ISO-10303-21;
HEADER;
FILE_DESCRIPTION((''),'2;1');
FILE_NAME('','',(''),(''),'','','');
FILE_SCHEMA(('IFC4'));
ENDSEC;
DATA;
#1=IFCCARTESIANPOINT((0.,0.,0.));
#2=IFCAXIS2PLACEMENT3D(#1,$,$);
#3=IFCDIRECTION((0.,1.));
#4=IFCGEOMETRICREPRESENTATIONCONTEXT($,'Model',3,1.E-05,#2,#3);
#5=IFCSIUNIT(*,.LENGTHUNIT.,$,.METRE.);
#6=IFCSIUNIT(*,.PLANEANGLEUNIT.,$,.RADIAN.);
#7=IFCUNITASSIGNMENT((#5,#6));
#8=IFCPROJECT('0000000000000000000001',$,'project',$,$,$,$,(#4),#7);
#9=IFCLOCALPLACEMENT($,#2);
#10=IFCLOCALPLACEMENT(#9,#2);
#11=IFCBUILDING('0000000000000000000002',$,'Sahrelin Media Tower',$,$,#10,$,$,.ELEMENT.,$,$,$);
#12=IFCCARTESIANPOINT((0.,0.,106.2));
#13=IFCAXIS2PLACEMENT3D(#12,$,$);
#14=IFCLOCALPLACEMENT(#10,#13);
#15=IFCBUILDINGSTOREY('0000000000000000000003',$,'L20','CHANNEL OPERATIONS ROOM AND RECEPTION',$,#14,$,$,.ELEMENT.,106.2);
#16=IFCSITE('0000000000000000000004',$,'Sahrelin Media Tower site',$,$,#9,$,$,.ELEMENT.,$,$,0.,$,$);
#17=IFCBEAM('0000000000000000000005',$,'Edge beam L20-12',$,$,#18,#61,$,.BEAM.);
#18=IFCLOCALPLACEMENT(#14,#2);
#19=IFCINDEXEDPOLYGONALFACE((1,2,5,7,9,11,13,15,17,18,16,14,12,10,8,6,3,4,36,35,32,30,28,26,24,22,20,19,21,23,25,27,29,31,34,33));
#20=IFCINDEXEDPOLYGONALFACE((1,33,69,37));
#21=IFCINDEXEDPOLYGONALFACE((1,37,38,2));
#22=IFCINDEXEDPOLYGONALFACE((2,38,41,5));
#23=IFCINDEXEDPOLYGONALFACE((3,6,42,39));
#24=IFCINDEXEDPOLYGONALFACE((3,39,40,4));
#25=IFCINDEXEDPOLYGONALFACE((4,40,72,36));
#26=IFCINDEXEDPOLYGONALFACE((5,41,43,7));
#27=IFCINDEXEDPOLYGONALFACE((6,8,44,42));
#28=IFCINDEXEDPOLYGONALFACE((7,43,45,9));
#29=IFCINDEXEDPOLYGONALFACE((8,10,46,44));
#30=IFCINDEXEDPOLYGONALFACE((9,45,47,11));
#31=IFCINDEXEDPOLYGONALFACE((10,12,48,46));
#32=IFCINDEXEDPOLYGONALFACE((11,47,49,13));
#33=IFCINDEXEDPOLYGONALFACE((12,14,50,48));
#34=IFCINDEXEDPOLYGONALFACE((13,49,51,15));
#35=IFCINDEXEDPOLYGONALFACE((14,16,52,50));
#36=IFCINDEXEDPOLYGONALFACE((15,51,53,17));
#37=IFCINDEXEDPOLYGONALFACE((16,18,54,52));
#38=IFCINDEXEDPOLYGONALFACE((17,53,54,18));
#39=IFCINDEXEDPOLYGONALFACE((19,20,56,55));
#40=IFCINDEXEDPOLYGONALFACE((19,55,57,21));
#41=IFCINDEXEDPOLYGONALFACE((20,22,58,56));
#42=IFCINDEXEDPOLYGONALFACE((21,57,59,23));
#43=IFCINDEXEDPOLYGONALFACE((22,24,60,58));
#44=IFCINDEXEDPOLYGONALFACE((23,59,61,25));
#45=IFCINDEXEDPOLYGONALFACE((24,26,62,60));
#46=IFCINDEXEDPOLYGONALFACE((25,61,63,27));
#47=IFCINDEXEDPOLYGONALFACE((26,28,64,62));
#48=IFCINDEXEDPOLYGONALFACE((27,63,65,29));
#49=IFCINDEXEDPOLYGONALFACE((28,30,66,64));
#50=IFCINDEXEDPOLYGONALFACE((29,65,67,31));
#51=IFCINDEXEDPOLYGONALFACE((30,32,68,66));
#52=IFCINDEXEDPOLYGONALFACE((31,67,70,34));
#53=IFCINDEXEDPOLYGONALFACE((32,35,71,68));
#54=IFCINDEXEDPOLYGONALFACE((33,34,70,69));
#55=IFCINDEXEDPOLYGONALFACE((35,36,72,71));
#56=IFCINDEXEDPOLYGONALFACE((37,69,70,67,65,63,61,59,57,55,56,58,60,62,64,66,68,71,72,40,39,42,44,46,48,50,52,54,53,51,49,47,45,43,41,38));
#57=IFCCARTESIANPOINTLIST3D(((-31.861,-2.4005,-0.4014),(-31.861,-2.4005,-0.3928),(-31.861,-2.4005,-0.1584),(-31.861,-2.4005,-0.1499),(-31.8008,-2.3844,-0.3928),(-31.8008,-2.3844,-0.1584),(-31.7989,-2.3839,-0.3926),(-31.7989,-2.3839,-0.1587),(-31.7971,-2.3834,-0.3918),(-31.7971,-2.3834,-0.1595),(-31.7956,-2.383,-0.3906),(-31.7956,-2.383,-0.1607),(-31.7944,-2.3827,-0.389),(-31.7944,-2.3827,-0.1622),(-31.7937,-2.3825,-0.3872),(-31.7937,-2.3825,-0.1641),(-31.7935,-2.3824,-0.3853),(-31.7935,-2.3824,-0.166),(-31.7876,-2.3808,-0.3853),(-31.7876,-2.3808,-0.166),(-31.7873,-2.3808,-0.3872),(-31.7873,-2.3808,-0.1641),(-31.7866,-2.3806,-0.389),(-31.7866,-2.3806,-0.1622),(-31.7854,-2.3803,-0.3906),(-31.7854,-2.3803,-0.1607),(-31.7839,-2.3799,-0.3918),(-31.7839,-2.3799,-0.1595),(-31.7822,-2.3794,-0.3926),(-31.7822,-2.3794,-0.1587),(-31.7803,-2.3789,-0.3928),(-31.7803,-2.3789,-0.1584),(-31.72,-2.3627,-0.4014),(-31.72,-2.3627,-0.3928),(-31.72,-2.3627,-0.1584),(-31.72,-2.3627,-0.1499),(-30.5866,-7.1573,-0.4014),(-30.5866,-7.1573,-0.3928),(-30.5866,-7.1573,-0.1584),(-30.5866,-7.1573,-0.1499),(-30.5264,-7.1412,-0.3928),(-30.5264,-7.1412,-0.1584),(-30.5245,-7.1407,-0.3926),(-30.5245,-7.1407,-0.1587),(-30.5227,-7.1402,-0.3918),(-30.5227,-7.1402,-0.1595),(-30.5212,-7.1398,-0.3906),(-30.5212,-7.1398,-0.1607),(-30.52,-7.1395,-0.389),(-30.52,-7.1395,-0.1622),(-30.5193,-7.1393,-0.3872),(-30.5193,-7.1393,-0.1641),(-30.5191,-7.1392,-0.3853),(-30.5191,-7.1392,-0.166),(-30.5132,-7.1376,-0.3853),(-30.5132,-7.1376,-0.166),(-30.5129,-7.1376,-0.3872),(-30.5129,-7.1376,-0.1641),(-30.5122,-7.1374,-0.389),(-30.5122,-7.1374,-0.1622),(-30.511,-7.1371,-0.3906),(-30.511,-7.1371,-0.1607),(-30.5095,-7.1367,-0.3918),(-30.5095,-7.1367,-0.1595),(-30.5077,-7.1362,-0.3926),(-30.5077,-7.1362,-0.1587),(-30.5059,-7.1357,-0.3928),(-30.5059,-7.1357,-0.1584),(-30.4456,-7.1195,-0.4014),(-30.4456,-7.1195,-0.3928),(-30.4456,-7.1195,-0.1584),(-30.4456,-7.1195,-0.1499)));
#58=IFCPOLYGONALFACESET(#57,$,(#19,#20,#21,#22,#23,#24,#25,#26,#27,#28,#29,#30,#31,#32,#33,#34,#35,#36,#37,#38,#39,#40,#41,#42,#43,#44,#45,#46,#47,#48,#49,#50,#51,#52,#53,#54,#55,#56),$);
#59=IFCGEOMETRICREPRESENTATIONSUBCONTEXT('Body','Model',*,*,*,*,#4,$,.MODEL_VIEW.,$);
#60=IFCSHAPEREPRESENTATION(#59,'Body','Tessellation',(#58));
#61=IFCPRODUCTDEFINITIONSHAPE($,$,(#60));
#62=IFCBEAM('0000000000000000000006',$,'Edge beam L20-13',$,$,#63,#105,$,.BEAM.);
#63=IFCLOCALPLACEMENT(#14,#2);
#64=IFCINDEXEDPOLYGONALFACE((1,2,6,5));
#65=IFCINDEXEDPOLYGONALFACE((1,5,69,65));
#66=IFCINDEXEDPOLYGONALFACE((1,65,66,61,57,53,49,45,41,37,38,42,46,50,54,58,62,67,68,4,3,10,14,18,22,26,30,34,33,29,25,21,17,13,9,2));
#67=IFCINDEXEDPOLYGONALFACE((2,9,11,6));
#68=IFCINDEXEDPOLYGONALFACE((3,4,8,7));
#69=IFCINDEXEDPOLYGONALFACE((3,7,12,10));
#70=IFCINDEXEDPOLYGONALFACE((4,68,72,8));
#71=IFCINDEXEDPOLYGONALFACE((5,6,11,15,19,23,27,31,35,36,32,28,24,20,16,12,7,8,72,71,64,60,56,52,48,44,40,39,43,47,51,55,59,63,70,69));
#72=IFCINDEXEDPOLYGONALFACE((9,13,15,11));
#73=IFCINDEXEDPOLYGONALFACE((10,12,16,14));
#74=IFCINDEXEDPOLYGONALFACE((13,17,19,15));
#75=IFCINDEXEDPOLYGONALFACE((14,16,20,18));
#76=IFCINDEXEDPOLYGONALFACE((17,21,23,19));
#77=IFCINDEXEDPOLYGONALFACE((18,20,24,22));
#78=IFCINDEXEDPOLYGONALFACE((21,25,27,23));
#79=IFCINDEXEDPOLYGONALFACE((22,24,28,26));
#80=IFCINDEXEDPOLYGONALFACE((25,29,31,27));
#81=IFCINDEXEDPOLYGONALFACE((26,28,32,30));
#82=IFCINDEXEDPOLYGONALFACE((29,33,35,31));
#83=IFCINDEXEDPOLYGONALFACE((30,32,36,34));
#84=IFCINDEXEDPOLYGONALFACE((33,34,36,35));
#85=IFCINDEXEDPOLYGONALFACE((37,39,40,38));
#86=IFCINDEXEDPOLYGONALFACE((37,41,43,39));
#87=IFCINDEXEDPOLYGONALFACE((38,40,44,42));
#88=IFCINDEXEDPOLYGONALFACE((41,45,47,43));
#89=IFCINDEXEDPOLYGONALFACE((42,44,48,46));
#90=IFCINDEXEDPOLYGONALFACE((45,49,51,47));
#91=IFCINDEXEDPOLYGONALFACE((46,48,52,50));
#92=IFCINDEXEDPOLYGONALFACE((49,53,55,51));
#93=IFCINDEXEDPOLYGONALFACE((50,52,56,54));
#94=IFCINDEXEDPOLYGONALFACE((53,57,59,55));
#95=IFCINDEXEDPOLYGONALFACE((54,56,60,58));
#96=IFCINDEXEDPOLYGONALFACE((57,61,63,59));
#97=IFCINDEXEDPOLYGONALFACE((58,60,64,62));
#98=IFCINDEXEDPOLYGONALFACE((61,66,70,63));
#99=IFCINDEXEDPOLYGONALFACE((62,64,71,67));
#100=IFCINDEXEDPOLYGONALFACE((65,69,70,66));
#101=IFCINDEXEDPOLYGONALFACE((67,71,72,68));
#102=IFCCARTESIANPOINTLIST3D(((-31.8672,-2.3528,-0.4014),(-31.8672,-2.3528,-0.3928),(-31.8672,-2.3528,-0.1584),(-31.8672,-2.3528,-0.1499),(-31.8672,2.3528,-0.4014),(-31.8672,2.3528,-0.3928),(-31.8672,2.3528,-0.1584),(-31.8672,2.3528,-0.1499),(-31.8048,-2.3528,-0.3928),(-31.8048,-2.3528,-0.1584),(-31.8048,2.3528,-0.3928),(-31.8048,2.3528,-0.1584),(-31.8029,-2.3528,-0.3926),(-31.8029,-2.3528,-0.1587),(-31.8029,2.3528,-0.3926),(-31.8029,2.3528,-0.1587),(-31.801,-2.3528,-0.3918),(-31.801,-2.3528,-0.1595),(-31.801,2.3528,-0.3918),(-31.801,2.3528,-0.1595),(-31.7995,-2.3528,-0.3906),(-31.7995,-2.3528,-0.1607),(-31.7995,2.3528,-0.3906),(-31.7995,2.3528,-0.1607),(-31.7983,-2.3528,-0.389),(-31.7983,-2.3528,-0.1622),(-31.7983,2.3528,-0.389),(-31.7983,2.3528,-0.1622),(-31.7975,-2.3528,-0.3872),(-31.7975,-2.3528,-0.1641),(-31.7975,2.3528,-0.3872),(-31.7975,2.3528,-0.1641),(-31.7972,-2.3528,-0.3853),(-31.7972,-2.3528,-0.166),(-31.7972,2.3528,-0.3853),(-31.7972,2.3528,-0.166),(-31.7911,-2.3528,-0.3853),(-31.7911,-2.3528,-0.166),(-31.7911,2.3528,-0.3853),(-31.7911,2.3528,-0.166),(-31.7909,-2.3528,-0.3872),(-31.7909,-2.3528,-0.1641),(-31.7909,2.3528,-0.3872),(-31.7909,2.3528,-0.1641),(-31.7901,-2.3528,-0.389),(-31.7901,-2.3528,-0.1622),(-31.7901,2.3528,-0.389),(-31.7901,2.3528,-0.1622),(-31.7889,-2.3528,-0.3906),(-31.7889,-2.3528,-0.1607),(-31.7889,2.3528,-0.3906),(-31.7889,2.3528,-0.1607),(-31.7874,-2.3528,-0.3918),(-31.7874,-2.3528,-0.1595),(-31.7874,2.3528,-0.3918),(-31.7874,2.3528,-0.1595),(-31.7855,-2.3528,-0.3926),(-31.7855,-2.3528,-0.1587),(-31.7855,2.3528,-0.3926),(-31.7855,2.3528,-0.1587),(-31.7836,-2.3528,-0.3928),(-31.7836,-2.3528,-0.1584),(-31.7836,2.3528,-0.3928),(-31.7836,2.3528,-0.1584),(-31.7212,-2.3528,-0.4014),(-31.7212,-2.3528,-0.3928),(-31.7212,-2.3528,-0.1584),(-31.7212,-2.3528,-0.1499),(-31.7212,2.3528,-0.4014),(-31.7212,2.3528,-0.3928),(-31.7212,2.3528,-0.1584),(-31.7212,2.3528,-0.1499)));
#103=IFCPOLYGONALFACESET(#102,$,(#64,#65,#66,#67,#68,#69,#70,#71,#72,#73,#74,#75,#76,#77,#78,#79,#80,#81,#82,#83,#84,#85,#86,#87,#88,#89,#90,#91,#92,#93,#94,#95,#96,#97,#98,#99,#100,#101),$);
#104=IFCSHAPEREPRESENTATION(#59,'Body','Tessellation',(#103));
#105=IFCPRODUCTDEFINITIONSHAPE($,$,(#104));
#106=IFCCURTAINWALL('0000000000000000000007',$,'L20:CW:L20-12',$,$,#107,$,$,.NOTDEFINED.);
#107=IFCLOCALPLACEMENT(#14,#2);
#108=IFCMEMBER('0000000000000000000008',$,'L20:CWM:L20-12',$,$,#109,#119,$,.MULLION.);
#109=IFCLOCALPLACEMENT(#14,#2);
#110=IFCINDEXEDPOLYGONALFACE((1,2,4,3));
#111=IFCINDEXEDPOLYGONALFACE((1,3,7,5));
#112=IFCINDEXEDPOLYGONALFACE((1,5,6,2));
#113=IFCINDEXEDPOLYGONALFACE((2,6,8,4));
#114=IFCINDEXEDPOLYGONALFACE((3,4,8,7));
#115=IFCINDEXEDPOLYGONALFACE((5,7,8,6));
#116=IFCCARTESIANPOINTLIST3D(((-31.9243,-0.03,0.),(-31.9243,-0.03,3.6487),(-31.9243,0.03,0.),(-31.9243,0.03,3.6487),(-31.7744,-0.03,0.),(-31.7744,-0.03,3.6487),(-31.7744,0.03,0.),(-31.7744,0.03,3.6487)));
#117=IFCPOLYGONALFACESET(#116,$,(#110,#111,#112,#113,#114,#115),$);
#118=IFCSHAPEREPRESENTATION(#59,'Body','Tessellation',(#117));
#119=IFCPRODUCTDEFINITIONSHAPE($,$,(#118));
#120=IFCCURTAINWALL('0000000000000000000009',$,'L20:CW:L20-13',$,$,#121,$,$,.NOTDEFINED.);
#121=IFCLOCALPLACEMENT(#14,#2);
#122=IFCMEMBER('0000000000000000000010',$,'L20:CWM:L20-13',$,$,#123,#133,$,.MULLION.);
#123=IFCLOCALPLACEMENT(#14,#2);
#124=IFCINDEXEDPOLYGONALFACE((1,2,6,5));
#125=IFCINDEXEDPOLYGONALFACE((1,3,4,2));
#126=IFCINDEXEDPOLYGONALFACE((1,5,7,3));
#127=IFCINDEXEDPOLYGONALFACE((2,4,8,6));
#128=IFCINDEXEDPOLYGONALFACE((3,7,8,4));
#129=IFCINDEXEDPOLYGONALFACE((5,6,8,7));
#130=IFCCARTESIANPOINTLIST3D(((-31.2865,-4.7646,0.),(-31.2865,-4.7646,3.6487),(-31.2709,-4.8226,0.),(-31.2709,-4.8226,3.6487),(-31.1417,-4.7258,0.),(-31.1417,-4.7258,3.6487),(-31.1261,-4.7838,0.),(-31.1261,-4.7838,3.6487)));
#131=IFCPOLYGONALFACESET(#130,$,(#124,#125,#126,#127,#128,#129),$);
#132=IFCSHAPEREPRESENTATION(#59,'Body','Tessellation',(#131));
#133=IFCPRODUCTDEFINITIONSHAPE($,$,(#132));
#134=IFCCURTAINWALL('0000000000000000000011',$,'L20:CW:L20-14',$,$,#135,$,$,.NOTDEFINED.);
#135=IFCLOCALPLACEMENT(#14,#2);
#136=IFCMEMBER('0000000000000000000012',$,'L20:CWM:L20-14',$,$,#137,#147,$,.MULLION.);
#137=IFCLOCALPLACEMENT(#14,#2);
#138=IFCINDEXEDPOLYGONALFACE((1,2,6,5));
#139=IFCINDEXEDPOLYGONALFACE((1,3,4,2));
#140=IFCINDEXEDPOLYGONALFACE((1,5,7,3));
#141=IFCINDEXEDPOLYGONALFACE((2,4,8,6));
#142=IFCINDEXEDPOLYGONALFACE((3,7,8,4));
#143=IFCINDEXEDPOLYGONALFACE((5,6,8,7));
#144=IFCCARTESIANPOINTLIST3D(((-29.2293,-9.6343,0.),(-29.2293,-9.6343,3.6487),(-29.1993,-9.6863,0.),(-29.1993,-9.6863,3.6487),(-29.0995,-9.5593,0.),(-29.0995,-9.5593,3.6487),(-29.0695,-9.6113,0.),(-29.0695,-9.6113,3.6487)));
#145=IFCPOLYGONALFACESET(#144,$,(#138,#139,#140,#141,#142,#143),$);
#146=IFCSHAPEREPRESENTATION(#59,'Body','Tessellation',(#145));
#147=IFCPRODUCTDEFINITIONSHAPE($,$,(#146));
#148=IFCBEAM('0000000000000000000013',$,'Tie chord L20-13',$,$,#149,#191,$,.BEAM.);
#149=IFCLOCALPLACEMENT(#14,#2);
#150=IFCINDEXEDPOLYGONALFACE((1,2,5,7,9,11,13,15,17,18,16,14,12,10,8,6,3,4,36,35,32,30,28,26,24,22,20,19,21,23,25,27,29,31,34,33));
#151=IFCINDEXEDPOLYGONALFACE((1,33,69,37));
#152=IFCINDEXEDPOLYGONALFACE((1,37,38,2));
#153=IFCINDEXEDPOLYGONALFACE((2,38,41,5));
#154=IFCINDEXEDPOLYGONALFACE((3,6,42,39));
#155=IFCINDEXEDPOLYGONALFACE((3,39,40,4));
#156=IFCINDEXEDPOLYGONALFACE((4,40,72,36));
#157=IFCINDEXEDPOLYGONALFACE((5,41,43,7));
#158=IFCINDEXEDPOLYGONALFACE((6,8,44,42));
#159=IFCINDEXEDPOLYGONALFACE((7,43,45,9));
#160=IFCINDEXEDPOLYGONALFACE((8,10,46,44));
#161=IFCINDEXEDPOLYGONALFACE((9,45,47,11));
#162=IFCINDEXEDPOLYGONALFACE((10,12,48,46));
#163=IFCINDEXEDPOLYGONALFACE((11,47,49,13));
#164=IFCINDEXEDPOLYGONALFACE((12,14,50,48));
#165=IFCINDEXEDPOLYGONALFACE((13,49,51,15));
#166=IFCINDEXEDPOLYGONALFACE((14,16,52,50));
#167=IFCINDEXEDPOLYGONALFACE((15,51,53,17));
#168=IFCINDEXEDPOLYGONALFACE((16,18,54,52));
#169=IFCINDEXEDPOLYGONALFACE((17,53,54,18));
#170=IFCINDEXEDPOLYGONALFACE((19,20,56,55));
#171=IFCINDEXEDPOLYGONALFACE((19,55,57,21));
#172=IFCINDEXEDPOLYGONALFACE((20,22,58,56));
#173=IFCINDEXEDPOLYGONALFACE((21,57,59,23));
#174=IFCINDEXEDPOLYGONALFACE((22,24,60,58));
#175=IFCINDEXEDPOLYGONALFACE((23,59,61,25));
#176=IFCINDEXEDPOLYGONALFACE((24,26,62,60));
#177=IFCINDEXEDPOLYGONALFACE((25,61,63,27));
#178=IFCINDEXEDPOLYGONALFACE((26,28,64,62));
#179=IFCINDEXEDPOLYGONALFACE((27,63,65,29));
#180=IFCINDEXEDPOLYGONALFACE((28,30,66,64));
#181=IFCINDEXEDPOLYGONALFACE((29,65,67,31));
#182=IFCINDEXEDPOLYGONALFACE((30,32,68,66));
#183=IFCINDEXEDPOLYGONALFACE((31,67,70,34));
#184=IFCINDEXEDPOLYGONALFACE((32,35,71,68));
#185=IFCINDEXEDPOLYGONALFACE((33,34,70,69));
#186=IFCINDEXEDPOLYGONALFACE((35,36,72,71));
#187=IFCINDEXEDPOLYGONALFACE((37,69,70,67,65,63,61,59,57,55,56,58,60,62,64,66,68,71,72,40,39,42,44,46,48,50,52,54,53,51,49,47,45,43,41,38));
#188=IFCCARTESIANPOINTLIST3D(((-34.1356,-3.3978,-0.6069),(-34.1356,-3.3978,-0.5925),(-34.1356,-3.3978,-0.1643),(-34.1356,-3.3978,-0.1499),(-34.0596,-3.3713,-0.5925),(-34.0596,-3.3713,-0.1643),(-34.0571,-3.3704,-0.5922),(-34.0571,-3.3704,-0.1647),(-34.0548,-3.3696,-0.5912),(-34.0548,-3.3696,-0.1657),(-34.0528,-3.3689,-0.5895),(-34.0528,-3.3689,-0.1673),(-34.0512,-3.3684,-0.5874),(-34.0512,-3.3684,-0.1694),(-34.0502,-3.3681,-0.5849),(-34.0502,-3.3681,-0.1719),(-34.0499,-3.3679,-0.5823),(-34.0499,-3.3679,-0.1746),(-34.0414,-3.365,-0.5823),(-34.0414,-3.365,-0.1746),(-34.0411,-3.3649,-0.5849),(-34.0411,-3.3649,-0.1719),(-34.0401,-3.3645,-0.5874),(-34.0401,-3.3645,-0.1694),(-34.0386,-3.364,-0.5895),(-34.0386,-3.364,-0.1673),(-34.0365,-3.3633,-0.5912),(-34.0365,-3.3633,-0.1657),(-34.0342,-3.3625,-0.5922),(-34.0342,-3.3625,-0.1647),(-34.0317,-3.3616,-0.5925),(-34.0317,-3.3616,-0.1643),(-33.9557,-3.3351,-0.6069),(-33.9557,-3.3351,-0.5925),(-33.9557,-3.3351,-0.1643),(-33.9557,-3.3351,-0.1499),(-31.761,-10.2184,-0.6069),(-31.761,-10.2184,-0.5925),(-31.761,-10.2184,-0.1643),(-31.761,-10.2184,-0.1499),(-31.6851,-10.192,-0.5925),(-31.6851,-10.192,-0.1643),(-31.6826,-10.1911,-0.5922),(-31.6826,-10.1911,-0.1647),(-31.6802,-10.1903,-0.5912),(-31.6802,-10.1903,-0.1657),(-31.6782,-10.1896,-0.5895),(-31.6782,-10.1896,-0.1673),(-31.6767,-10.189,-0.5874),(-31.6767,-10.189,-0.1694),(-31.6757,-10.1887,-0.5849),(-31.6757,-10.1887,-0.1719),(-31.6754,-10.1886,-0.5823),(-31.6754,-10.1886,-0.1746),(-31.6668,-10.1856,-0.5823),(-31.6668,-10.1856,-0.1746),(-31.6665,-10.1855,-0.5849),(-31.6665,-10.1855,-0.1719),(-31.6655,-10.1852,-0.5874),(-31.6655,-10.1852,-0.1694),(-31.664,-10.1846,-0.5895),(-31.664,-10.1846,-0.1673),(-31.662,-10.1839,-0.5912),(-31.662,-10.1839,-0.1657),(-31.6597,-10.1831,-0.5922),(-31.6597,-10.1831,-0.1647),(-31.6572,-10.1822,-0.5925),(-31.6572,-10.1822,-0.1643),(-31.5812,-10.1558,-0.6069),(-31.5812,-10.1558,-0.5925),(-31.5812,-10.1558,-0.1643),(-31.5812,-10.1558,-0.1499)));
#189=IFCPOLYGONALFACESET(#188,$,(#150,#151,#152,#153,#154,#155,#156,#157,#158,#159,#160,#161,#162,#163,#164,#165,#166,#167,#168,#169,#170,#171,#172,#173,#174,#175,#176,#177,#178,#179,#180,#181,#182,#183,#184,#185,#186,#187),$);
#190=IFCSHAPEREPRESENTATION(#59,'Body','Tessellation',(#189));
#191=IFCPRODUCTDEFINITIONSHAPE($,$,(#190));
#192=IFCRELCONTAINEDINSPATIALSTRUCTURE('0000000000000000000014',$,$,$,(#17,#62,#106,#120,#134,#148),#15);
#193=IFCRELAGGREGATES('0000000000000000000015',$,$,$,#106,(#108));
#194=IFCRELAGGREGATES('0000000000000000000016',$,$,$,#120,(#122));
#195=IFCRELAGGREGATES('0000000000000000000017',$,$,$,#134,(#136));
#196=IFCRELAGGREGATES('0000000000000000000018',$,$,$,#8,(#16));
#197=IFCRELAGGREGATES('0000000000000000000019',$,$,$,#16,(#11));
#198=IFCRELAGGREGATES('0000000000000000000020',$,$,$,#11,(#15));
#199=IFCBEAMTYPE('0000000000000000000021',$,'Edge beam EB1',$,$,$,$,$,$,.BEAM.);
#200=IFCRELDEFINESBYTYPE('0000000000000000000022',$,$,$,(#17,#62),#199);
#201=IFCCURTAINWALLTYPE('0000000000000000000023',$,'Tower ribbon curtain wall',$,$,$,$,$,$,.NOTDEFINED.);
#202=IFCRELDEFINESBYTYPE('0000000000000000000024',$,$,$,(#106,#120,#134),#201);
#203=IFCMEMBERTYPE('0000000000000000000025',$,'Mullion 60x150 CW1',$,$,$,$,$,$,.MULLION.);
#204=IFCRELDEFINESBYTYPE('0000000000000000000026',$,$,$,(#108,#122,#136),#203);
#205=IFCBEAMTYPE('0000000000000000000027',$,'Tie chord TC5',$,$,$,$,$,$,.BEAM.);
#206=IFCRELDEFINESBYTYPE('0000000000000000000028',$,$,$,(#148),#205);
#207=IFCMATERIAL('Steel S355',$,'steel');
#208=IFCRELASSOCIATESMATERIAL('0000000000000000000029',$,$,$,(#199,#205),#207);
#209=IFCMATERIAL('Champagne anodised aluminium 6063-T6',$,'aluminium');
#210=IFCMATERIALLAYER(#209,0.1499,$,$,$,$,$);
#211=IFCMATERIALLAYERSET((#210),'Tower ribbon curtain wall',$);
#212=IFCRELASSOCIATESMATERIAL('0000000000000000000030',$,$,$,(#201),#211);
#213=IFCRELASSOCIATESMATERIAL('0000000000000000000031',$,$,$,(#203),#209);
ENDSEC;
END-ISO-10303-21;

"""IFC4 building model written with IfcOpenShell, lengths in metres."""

from ifc_helpers import new_model, si_unit, direction, frame, origin, origin_2d, place, context, subcontext, project, spatial, rectangle, i_section, extrude, material, layer, layer_set, material_profile, profile_set, type_object, element, aggregate, save


model = new_model("IFC4")

# Units and contexts
model_context = context("Model", 3, precision=1e-05, world=origin(), true_north=direction((0.0, 1.0)))
body_context = subcontext(model_context, "Body", "Model", "MODEL_VIEW")
ifc_project = project(units=[si_unit("LENGTHUNIT", "METRE"), si_unit("PLANEANGLEUNIT", "RADIAN")], contexts=[model_context])

# Site, building, storey
site_placement = place(None, origin())
site = spatial("IfcSite", under=ifc_project, at=site_placement, Name="Sahrelin Media Tower site", CompositionType="ELEMENT", RefElevation=0.0)
building_placement = place(site_placement, origin())
building = spatial("IfcBuilding", under=site, at=building_placement, Name="Sahrelin Media Tower", CompositionType="ELEMENT")
storey_placement = place(building_placement, frame((0.0, 0.0, 106.2)))
storey = spatial("IfcBuildingStorey", under=building, at=storey_placement, Name="L20", Description="CHANNEL OPERATIONS ROOM AND RECEPTION", CompositionType="ELEMENT", Elevation=106.2)

# Beams
ifc_material_1 = material(Name="Steel S355", Category="steel")
ifc_material_profile_1 = material_profile(ifc_material_1, i_section(OverallWidth=0.146, OverallDepth=0.2515, WebThickness=0.0061, FlangeThickness=0.0085, FilletRadius=0.0076, at=origin_2d()), Name="UB 254x146x31")
ifc_profile_set_1 = profile_set([ifc_material_profile_1], Name="Steel S355")
beam_type_1 = type_object("IfcBeamType", Name="Edge beam EB1", PredefinedType="BEAM", material=ifc_profile_set_1)
beam_1_placement = place(storey_placement, frame((-30.5161, -7.1384, -0.2756), z_axis=(-0.258786, 0.965935, 0.0), x_axis=(-0.965935, -0.258786, 0.0)))
element("IfcBeam", 1, at=beam_1_placement, inside=storey, type_object=beam_type_1, Name="Edge beam L20-12", PredefinedType="BEAM", context=body_context, shape_type="SweptSolid", body=[
    extrude(i_section(OverallWidth=0.146, OverallDepth=0.2515, WebThickness=0.0061, FlangeThickness=0.0085, FilletRadius=0.0076, at=origin_2d()), origin(), (0.0, 0.0, 1.0), 4.9246),
])
beam_2_placement = place(storey_placement, frame((-31.7942, -2.3528, -0.2756), z_axis=(0.0, 1.0, 0.0), x_axis=(-1.0, 0.0, 0.0)))
element("IfcBeam", 2, at=beam_2_placement, inside=storey, type_object=beam_type_1, Name="Edge beam L20-13", PredefinedType="BEAM", context=body_context, shape_type="SweptSolid", body=[
    extrude(i_section(OverallWidth=0.146, OverallDepth=0.2515, WebThickness=0.0061, FlangeThickness=0.0085, FilletRadius=0.0076, at=origin_2d()), origin(), (0.0, 0.0, 1.0), 4.7056),
])

# Curtain walls, members
ifc_material_2 = material(Name="Champagne anodised aluminium 6063-T6", Category="aluminium")
ifc_layer_1 = layer(ifc_material_2, 0.1499)
ifc_layer_set_1 = layer_set([ifc_layer_1], Name="Tower ribbon curtain wall")
curtain_wall_type = type_object("IfcCurtainWallType", Name="Tower ribbon curtain wall", PredefinedType="NOTDEFINED", material=ifc_layer_set_1)
curtain_wall_1_placement = place(storey_placement, frame((-31.9443, 0.0, 0.0), z_axis=(0.0, 0.0, 1.0), x_axis=(1.0, 0.0, 0.0)))
curtain_wall_1 = element("IfcCurtainWall", 3, at=curtain_wall_1_placement, inside=storey, type_object=curtain_wall_type, Name="L20:CW:L20-12", PredefinedType="NOTDEFINED")
ifc_material_profile_2 = material_profile(ifc_material_2, rectangle(XDim=0.0601, YDim=0.1499, at=origin_2d()), Name="Mullion 60x150")
ifc_profile_set_2 = profile_set([ifc_material_profile_2], Name="Champagne anodised aluminium 6063-T6")
member_type_1 = type_object("IfcMemberType", Name="Mullion 60x150 CW1", PredefinedType="MULLION", material=ifc_profile_set_2)
member_1_placement = place(storey_placement, frame((-31.8494, 0.0, 0.0), z_axis=(0.0, 0.0, 1.0), x_axis=(0.0, -1.0, 0.0)))
member_1 = element("IfcMember", 4, at=member_1_placement, type_object=member_type_1, Name="L20:CWM:L20-12", PredefinedType="MULLION", context=body_context, shape_type="SweptSolid", body=[
    extrude(rectangle(XDim=0.0601, YDim=0.1499, at=origin_2d()), origin(), (0.0, 0.0, 1.0), 3.6487),
])
aggregate(curtain_wall_1, [member_1])
curtain_wall_2_placement = place(storey_placement, frame((-31.2981, -4.7988, 0.0), z_axis=(0.0, 0.0, 1.0), x_axis=(1.0, 0.0, 0.0)))
curtain_wall_2 = element("IfcCurtainWall", 5, at=curtain_wall_2_placement, inside=storey, type_object=curtain_wall_type, Name="L20:CW:L20-13", PredefinedType="NOTDEFINED")
member_2_placement = place(storey_placement, frame((-31.2063, -4.7742, 0.0), z_axis=(0.0, 0.0, 1.0), x_axis=(0.258811, -0.965928, 0.0)))
member_2 = element("IfcMember", 6, at=member_2_placement, type_object=member_type_1, Name="L20:CWM:L20-13", PredefinedType="MULLION", context=body_context, shape_type="SweptSolid", body=[
    extrude(rectangle(XDim=0.0601, YDim=0.1499, at=origin_2d()), origin(), (0.0, 0.0, 1.0), 3.6487),
])
curtain_wall_3_placement = place(storey_placement, frame((-29.2317, -9.6704, 0.0), z_axis=(0.0, 0.0, 1.0), x_axis=(1.0, 0.0, 0.0)))
curtain_wall_3 = element("IfcCurtainWall", 7, at=curtain_wall_3_placement, inside=storey, type_object=curtain_wall_type, Name="L20:CW:L20-14", PredefinedType="NOTDEFINED")
member_3_placement = place(storey_placement, frame((-29.1494, -9.6228, 0.0), z_axis=(0.0, 0.0, 1.0), x_axis=(0.500005, -0.866023, 0.0)))
member_3 = element("IfcMember", 8, at=member_3_placement, type_object=member_type_1, Name="L20:CWM:L20-14", PredefinedType="MULLION", context=body_context, shape_type="SweptSolid", body=[
    extrude(rectangle(XDim=0.0601, YDim=0.1499, at=origin_2d()), origin(), (0.0, 0.0, 1.0), 3.6487),
])

# Beam
ifc_material_profile_3 = material_profile(ifc_material_1, i_section(OverallWidth=0.1904, OverallDepth=0.457, WebThickness=0.009, FlangeThickness=0.0144, FilletRadius=0.0103, at=origin_2d()), Name="UB 457x191x74")
ifc_profile_set_3 = profile_set([ifc_material_profile_3], Name="Steel S355")
beam_type_2 = type_object("IfcBeamType", Name="Tie chord TC5", PredefinedType="BEAM", material=ifc_profile_set_3)
beam_3_placement = place(storey_placement, frame((-34.0457, -3.3665, -0.3784), z_axis=(0.328785, -0.944405, 0.0), x_axis=(0.944405, 0.328785, 0.0)))
element("IfcBeam", 9, at=beam_3_placement, inside=storey, type_object=beam_type_2, Name="Tie chord L20-13", PredefinedType="BEAM", context=body_context, shape_type="SweptSolid", body=[
    extrude(i_section(OverallWidth=0.1904, OverallDepth=0.457, WebThickness=0.009, FlangeThickness=0.0144, FilletRadius=0.0103, at=origin_2d()), origin(), (0.0, 0.0, 1.0), 7.2222),
])

aggregate(curtain_wall_2, [member_2])
aggregate(curtain_wall_3, [member_3])

save(model, "model.ifc")
